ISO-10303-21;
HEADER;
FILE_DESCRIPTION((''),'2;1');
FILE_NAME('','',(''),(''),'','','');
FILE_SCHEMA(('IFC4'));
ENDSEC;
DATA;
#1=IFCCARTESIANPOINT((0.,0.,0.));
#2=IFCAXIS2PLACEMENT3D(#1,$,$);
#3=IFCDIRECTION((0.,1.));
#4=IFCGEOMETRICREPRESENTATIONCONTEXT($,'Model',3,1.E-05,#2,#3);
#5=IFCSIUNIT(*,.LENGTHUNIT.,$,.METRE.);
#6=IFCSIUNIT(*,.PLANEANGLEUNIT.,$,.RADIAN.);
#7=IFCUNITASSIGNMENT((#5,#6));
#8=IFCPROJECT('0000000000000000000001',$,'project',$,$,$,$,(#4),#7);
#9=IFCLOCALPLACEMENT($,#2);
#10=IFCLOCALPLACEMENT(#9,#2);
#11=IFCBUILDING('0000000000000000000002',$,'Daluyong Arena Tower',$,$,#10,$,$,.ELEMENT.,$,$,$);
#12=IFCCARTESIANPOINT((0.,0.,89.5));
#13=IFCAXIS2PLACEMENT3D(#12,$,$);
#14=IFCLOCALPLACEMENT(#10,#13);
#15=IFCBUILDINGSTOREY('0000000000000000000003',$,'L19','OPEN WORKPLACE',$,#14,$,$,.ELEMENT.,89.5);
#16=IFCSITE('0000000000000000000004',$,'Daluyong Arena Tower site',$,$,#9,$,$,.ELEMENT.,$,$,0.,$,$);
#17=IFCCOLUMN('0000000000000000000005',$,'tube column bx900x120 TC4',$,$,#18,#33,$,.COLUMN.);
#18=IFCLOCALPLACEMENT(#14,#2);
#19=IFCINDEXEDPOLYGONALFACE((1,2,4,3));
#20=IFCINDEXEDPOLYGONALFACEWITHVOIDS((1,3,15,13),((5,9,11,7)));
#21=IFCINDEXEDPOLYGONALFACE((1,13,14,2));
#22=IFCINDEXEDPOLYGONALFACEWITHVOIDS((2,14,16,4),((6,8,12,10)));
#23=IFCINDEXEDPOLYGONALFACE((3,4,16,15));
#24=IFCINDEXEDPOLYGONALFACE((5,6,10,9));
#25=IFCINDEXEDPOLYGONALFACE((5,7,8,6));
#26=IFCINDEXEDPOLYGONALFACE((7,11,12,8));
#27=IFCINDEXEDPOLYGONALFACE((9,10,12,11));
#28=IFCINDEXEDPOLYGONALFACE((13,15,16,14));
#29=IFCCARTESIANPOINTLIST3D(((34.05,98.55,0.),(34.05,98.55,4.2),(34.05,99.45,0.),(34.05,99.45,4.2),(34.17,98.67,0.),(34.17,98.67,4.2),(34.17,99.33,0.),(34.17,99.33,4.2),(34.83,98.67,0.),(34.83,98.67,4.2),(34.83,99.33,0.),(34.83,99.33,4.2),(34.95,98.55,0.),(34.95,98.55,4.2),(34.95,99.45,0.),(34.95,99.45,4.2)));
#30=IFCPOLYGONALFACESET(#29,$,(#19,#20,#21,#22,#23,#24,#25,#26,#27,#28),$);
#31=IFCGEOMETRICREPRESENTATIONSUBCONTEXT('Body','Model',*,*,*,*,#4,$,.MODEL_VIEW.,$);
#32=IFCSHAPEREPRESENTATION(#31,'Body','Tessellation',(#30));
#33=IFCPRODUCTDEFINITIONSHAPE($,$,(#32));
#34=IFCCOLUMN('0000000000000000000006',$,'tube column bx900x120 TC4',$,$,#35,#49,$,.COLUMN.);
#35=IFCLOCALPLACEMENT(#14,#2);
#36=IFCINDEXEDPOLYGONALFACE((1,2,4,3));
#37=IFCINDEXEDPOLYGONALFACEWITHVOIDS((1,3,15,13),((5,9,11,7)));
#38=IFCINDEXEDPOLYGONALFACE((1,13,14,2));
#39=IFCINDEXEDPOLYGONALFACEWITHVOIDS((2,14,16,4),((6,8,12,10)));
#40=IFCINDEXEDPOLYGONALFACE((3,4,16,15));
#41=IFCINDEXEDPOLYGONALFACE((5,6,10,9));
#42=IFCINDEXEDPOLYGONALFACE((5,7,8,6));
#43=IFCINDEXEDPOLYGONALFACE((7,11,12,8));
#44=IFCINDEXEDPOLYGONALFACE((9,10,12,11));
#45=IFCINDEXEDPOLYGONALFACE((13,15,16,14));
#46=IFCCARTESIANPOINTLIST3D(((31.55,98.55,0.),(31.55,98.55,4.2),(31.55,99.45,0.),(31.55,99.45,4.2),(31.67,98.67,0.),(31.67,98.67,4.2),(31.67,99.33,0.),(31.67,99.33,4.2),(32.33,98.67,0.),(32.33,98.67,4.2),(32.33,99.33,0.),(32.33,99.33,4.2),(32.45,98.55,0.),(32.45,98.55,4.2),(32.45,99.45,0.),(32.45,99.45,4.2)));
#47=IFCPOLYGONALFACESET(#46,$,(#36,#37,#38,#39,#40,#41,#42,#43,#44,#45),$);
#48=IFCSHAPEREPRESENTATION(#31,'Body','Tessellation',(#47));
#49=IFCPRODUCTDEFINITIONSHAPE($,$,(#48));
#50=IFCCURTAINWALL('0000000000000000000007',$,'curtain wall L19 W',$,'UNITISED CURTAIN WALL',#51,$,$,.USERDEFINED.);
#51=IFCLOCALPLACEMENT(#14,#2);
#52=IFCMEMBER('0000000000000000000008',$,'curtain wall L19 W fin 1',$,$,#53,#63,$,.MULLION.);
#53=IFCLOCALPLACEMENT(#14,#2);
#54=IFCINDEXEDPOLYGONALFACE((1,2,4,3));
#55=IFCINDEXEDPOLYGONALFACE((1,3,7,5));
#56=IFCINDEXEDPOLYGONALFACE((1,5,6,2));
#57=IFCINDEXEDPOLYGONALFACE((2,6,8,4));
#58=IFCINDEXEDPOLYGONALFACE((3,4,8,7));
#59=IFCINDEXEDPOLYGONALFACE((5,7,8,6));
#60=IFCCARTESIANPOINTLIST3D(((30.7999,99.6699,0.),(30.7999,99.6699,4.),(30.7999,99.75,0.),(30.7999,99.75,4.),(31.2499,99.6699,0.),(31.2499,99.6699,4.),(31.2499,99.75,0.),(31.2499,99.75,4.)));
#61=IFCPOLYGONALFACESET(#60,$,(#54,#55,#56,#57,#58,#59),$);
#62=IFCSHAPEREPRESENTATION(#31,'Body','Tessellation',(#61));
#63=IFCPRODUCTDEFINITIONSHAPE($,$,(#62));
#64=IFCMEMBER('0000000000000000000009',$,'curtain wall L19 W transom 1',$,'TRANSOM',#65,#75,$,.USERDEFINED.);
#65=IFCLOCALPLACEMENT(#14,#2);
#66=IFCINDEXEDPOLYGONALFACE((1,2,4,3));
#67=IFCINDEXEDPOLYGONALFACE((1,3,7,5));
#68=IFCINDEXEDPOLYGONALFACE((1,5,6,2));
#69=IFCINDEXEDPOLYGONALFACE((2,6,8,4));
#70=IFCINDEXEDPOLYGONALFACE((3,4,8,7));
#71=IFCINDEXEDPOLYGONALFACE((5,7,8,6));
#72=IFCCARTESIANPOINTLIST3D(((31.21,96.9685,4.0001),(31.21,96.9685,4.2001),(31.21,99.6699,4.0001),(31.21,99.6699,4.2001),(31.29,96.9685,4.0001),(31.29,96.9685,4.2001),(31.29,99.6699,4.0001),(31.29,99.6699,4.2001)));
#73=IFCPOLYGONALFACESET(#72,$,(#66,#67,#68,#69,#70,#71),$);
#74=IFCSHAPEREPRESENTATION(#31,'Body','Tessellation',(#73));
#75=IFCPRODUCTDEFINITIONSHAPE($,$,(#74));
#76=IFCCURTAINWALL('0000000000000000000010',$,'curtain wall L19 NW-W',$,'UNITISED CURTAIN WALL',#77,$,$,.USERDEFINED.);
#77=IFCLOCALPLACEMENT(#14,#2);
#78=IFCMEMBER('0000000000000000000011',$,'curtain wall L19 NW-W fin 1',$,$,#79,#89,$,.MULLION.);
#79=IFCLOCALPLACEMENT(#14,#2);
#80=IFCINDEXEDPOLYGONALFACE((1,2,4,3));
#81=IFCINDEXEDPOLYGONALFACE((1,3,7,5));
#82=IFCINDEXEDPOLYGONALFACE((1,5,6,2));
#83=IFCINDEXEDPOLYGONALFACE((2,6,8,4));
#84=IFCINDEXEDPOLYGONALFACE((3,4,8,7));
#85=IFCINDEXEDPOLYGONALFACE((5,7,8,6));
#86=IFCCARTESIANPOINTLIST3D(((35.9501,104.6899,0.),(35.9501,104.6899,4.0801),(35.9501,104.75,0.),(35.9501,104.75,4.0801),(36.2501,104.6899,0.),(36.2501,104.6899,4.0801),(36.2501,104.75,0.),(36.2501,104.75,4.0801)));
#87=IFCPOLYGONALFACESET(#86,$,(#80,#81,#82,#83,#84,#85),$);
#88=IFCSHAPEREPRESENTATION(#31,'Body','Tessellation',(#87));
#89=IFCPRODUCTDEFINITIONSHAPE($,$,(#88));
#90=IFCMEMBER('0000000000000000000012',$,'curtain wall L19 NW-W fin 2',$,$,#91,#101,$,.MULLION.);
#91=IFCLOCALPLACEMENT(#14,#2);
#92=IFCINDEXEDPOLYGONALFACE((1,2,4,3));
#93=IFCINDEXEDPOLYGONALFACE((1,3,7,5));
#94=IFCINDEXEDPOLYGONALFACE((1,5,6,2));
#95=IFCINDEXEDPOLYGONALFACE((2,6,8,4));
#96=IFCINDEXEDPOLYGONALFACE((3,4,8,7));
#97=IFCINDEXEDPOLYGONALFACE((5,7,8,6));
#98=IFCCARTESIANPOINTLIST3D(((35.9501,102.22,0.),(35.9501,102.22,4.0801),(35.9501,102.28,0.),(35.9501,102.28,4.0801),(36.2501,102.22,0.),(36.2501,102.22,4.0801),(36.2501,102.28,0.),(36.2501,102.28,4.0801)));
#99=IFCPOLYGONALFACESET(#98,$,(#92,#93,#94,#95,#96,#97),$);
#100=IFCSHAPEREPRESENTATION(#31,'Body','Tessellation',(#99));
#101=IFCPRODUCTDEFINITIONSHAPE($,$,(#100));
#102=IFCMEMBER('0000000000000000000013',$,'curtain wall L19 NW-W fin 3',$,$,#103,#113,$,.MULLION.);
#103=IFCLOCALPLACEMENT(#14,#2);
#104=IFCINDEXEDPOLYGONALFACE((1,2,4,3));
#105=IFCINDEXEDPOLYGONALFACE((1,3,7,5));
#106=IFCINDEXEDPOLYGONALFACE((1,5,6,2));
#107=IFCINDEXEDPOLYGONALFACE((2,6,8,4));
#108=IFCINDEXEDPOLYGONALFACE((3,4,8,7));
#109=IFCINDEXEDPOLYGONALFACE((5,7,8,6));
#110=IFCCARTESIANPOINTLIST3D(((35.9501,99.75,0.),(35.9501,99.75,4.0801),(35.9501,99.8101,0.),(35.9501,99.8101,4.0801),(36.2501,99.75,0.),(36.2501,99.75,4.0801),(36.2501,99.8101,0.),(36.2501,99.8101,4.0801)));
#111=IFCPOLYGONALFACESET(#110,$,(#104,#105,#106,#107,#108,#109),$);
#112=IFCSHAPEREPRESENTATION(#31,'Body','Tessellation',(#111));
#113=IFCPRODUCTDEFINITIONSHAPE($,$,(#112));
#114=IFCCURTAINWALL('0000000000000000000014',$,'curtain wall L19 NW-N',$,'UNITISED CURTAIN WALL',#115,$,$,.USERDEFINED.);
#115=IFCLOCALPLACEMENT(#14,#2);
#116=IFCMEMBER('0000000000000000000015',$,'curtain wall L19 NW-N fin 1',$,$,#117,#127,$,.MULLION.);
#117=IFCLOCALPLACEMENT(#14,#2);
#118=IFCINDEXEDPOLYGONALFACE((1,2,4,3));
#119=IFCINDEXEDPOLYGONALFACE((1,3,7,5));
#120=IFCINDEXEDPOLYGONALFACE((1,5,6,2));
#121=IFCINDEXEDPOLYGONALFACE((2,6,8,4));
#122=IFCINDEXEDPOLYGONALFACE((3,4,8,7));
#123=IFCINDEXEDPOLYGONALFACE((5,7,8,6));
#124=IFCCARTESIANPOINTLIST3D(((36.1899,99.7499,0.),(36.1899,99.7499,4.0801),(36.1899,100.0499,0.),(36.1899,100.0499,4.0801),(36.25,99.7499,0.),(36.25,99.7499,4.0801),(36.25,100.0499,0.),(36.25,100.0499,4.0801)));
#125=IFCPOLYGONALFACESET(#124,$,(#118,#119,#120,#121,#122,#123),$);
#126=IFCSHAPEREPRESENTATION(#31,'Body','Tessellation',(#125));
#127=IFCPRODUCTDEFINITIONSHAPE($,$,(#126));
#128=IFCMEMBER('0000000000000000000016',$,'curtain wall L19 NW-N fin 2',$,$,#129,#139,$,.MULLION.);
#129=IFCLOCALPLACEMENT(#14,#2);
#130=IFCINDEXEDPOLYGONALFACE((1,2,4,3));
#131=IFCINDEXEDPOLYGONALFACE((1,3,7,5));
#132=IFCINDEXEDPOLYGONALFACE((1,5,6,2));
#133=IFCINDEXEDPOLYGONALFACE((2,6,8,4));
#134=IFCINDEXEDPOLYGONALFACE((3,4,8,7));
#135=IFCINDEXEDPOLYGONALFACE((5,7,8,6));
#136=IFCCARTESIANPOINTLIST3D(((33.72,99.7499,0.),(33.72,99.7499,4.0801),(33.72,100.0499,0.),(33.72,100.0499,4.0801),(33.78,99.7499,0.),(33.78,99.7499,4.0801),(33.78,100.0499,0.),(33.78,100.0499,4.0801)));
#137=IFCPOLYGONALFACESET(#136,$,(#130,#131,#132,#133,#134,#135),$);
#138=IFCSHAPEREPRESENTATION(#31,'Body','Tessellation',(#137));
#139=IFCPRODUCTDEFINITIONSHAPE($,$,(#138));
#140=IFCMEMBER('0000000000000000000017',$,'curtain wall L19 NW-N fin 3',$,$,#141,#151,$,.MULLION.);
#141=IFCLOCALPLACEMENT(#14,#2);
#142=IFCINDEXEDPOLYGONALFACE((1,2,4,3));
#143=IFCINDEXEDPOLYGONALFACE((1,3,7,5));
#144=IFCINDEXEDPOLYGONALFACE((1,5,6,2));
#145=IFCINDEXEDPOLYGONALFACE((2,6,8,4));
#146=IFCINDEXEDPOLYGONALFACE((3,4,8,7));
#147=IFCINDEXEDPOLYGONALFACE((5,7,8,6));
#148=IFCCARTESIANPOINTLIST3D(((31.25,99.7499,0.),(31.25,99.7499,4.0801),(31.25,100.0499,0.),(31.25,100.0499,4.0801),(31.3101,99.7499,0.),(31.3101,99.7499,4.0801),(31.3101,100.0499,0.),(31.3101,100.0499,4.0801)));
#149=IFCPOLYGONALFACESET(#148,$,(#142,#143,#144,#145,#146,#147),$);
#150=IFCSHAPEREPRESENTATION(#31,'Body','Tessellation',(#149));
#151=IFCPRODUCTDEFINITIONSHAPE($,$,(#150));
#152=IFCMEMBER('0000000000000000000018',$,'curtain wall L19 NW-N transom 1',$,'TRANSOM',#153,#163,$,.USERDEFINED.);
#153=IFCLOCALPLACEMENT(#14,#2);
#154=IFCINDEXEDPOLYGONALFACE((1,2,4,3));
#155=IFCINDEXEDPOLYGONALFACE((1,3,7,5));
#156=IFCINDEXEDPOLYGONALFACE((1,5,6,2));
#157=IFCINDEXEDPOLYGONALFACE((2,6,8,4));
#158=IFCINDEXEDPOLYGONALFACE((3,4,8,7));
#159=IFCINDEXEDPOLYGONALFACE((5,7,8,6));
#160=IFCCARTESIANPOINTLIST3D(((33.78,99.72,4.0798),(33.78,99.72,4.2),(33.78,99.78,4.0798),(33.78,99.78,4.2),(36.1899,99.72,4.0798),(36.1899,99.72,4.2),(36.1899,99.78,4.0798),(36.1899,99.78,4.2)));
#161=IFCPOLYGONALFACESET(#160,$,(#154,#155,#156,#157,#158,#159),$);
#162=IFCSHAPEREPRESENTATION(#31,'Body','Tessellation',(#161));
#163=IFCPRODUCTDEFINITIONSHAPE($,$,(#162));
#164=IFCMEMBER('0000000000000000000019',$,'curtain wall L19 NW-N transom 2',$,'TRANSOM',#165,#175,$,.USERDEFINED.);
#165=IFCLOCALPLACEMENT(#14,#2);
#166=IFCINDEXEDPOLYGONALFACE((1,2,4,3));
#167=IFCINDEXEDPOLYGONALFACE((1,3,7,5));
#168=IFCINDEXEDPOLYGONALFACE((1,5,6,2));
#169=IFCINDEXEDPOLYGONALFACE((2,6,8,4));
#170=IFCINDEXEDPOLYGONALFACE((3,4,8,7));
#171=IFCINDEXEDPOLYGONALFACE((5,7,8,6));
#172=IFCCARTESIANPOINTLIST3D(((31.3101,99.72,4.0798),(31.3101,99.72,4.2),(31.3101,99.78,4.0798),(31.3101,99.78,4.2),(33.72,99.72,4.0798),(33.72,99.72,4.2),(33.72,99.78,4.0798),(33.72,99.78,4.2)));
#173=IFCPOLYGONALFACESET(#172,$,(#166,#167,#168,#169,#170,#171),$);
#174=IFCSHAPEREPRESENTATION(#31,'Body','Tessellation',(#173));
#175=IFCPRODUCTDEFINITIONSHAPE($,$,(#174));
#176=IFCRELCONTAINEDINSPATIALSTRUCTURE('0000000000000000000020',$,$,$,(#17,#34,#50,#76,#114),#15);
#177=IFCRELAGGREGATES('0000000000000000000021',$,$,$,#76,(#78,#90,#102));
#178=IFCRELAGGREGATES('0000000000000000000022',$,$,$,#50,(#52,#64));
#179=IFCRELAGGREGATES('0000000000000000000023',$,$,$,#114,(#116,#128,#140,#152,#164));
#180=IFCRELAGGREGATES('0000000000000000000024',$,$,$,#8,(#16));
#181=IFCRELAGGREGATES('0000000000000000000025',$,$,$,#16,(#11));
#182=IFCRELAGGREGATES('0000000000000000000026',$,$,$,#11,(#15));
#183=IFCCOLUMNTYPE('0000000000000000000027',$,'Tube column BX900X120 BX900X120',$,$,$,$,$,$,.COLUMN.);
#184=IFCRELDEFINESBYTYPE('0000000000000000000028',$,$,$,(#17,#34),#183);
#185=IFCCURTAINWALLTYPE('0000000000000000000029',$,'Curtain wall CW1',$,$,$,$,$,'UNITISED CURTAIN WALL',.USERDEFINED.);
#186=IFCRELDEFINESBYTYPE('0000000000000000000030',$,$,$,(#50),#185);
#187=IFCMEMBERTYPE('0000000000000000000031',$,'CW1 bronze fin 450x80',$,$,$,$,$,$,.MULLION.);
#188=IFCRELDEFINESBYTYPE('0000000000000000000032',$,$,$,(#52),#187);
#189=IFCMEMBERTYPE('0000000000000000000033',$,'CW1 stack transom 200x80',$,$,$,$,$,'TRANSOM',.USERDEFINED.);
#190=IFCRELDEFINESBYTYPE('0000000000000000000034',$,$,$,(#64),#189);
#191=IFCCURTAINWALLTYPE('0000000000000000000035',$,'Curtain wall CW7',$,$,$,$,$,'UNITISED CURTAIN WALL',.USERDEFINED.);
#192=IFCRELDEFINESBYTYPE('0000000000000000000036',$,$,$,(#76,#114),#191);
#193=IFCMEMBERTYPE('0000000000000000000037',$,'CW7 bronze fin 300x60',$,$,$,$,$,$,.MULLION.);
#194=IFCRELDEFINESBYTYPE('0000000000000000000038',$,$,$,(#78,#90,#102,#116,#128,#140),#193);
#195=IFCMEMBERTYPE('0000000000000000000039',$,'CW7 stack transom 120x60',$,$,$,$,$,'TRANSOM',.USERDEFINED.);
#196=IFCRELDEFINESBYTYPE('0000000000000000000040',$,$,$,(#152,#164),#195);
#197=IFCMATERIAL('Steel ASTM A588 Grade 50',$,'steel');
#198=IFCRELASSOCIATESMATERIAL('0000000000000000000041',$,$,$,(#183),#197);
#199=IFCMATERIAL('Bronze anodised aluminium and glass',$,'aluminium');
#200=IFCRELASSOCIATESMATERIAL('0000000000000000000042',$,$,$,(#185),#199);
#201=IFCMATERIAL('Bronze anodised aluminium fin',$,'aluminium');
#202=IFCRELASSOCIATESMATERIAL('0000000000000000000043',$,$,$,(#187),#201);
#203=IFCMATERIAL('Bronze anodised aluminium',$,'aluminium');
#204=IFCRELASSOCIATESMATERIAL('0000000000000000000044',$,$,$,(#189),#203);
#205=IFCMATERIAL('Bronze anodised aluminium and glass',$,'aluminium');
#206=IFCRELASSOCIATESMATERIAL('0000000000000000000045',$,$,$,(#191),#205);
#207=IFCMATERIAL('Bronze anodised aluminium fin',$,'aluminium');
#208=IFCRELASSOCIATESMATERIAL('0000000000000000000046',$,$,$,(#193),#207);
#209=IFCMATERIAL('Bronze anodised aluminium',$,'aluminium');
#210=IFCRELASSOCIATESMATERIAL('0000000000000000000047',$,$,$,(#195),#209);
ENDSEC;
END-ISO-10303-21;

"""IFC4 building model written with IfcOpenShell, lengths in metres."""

from ifc_helpers import new_model, si_unit, direction, frame, origin, origin_2d, place, context, subcontext, project, spatial, rectangle, hollow_rectangle, extrude, material, material_profile, profile_set, type_object, element, aggregate, save


model = new_model("IFC4")

# Units and contexts
model_context = context("Model", 3, precision=1e-05, world=origin(), true_north=direction((0.0, 1.0)))
body_context = subcontext(model_context, "Body", "Model", "MODEL_VIEW")
ifc_project = project(units=[si_unit("LENGTHUNIT", "METRE"), si_unit("PLANEANGLEUNIT", "RADIAN")], contexts=[model_context])

# Site, building, storey
site_placement = place(None, origin())
site = spatial("IfcSite", under=ifc_project, at=site_placement, Name="Daluyong Arena Tower site", CompositionType="ELEMENT", RefElevation=0.0)
building_placement = place(site_placement, origin())
building = spatial("IfcBuilding", under=site, at=building_placement, Name="Daluyong Arena Tower", CompositionType="ELEMENT")
storey_placement = place(building_placement, frame((0.0, 0.0, 89.5)))
storey = spatial("IfcBuildingStorey", under=building, at=storey_placement, Name="L19", Description="OPEN WORKPLACE", CompositionType="ELEMENT", Elevation=89.5)

# Columns
ifc_material_1 = material(Name="Steel ASTM A588 Grade 50", Category="steel")
ifc_material_profile_1 = material_profile(ifc_material_1, hollow_rectangle(XDim=0.8999, YDim=0.8999, WallThickness=0.12, at=origin_2d()))
ifc_profile_set_1 = profile_set([ifc_material_profile_1], Name="Steel ASTM A588 Grade 50")
column_type = type_object("IfcColumnType", Name="Tube column BX900X120 BX900X120", PredefinedType="COLUMN", material=ifc_profile_set_1)
for number, where, z_axis, x_axis, name in (
    (1, (34.5, 99.0, 0.0), (0.0, 0.0, 1.0), (1.0, 0.0, 0.0), "tube column bx900x120 TC4"),
    (2, (32.0, 99.0, 0.0), (0.0, 0.0, 1.0), (0.0, 1.0, 0.0), "tube column bx900x120 TC4"),
):
    element("IfcColumn", number, at=place(storey_placement, frame(where, z_axis=z_axis, x_axis=x_axis)), inside=storey, type_object=column_type, Name=name, PredefinedType="COLUMN", context=body_context, shape_type="SweptSolid", body=[
        extrude(hollow_rectangle(XDim=0.8999, YDim=0.8999, WallThickness=0.12, at=origin_2d()), origin(), (0.0, 0.0, 1.0), 4.2),
    ])

# Curtain walls, members
ifc_material_2 = material(Name="Bronze anodised aluminium and glass", Category="aluminium")
curtain_wall_type_1 = type_object("IfcCurtainWallType", Name="Curtain wall CW1", ElementType="UNITISED CURTAIN WALL", PredefinedType="USERDEFINED", material=ifc_material_2)
curtain_wall_1_placement = place(storey_placement, origin())
curtain_wall_1 = element("IfcCurtainWall", 3, at=curtain_wall_1_placement, inside=storey, type_object=curtain_wall_type_1, Name="curtain wall L19 W", ObjectType="UNITISED CURTAIN WALL", PredefinedType="USERDEFINED")
ifc_material_3 = material(Name="Bronze anodised aluminium fin", Category="aluminium")
ifc_material_profile_2 = material_profile(ifc_material_3, rectangle(XDim=0.45, YDim=0.0801, at=origin_2d()))
ifc_profile_set_2 = profile_set([ifc_material_profile_2], Name="Bronze anodised aluminium fin")
member_type_1 = type_object("IfcMemberType", Name="CW1 bronze fin 450x80", PredefinedType="MULLION", material=ifc_profile_set_2)
member_1_placement = place(storey_placement, frame((31.0249, 99.71, 0.0), z_axis=(0.0, 0.0, 1.0), x_axis=(1.0, 0.0, 0.0)))
member_1 = element("IfcMember", 4, at=member_1_placement, type_object=member_type_1, Name="curtain wall L19 W fin 1", PredefinedType="MULLION", context=body_context, shape_type="SweptSolid", body=[
    extrude(rectangle(XDim=0.45, YDim=0.0801, at=origin_2d()), origin(), (0.0, 0.0, 1.0), 4.0),
])
ifc_material_4 = material(Name="Bronze anodised aluminium", Category="aluminium")
ifc_material_profile_3 = material_profile(ifc_material_4, rectangle(XDim=0.0801, YDim=0.2, at=origin_2d()))
ifc_profile_set_3 = profile_set([ifc_material_profile_3], Name="Bronze anodised aluminium")
member_type_2 = type_object("IfcMemberType", Name="CW1 stack transom 200x80", ElementType="TRANSOM", PredefinedType="USERDEFINED", material=ifc_profile_set_3)
member_2_placement = place(storey_placement, frame((31.25, 99.6699, 4.1001), z_axis=(0.0, -1.0, 0.0), x_axis=(1.0, 0.0, 0.0)))
member_2 = element("IfcMember", 5, at=member_2_placement, type_object=member_type_2, Name="curtain wall L19 W transom 1", ObjectType="TRANSOM", PredefinedType="USERDEFINED", context=body_context, shape_type="SweptSolid", body=[
    extrude(rectangle(XDim=0.0801, YDim=0.2, at=origin_2d()), origin(), (0.0, 0.0, 1.0), 2.7014),
])
ifc_material_5 = material(Name="Bronze anodised aluminium and glass", Category="aluminium")
curtain_wall_type_2 = type_object("IfcCurtainWallType", Name="Curtain wall CW7", ElementType="UNITISED CURTAIN WALL", PredefinedType="USERDEFINED", material=ifc_material_5)
curtain_wall_2_placement = place(storey_placement, origin())
curtain_wall_2 = element("IfcCurtainWall", 6, at=curtain_wall_2_placement, inside=storey, type_object=curtain_wall_type_2, Name="curtain wall L19 NW-W", ObjectType="UNITISED CURTAIN WALL", PredefinedType="USERDEFINED")
ifc_material_6 = material(Name="Bronze anodised aluminium fin", Category="aluminium")
ifc_material_profile_4 = material_profile(ifc_material_6, rectangle(XDim=0.3, YDim=0.0601, at=origin_2d()))
ifc_profile_set_4 = profile_set([ifc_material_profile_4], Name="Bronze anodised aluminium fin")
member_type_3 = type_object("IfcMemberType", Name="CW7 bronze fin 300x60", PredefinedType="MULLION", material=ifc_profile_set_4)
member_3_placement = place(storey_placement, frame((36.1001, 104.72, 0.0), z_axis=(0.0, 0.0, 1.0), x_axis=(1.0, 0.0, 0.0)))
member_3 = element("IfcMember", 7, at=member_3_placement, type_object=member_type_3, Name="curtain wall L19 NW-W fin 1", PredefinedType="MULLION", context=body_context, shape_type="SweptSolid", body=[
    extrude(rectangle(XDim=0.3, YDim=0.0601, at=origin_2d()), origin(), (0.0, 0.0, 1.0), 4.0801),
])
member_4_placement = place(storey_placement, frame((36.1001, 102.25, 0.0), z_axis=(0.0, 0.0, 1.0), x_axis=(1.0, 0.0, 0.0)))
member_4 = element("IfcMember", 8, at=member_4_placement, type_object=member_type_3, Name="curtain wall L19 NW-W fin 2", PredefinedType="MULLION", context=body_context, shape_type="SweptSolid", body=[
    extrude(rectangle(XDim=0.3, YDim=0.0601, at=origin_2d()), origin(), (0.0, 0.0, 1.0), 4.0801),
])
member_5_placement = place(storey_placement, frame((36.1001, 99.78, 0.0), z_axis=(0.0, 0.0, 1.0), x_axis=(1.0, 0.0, 0.0)))
member_5 = element("IfcMember", 9, at=member_5_placement, type_object=member_type_3, Name="curtain wall L19 NW-W fin 3", PredefinedType="MULLION", context=body_context, shape_type="SweptSolid", body=[
    extrude(rectangle(XDim=0.3, YDim=0.0601, at=origin_2d()), origin(), (0.0, 0.0, 1.0), 4.0801),
])
aggregate(curtain_wall_2, [member_3, member_4, member_5])
curtain_wall_3_placement = place(storey_placement, origin())
curtain_wall_3 = element("IfcCurtainWall", 10, at=curtain_wall_3_placement, inside=storey, type_object=curtain_wall_type_2, Name="curtain wall L19 NW-N", ObjectType="UNITISED CURTAIN WALL", PredefinedType="USERDEFINED")
member_6_placement = place(storey_placement, frame((36.22, 99.8999, 0.0), z_axis=(0.0, 0.0, 1.0), x_axis=(0.0, -1.0, 0.0)))
member_6 = element("IfcMember", 11, at=member_6_placement, type_object=member_type_3, Name="curtain wall L19 NW-N fin 1", PredefinedType="MULLION", context=body_context, shape_type="SweptSolid", body=[
    extrude(rectangle(XDim=0.3, YDim=0.0601, at=origin_2d()), origin(), (0.0, 0.0, 1.0), 4.0801),
])
member_7_placement = place(storey_placement, frame((33.75, 99.8999, 0.0), z_axis=(0.0, 0.0, 1.0), x_axis=(0.0, -1.0, 0.0)))
member_7 = element("IfcMember", 12, at=member_7_placement, type_object=member_type_3, Name="curtain wall L19 NW-N fin 2", PredefinedType="MULLION", context=body_context, shape_type="SweptSolid", body=[
    extrude(rectangle(XDim=0.3, YDim=0.0601, at=origin_2d()), origin(), (0.0, 0.0, 1.0), 4.0801),
])
member_8_placement = place(storey_placement, frame((31.28, 99.8999, 0.0), z_axis=(0.0, 0.0, 1.0), x_axis=(0.0, -1.0, 0.0)))
member_8 = element("IfcMember", 13, at=member_8_placement, type_object=member_type_3, Name="curtain wall L19 NW-N fin 3", PredefinedType="MULLION", context=body_context, shape_type="SweptSolid", body=[
    extrude(rectangle(XDim=0.3, YDim=0.0601, at=origin_2d()), origin(), (0.0, 0.0, 1.0), 4.0801),
])
ifc_material_7 = material(Name="Bronze anodised aluminium", Category="aluminium")
ifc_material_profile_5 = material_profile(ifc_material_7, rectangle(XDim=0.0601, YDim=0.1201, at=origin_2d()))
ifc_profile_set_5 = profile_set([ifc_material_profile_5], Name="Bronze anodised aluminium")
member_type_4 = type_object("IfcMemberType", Name="CW7 stack transom 120x60", ElementType="TRANSOM", PredefinedType="USERDEFINED", material=ifc_profile_set_5)
member_9_placement = place(storey_placement, frame((36.1899, 99.75, 4.1399), z_axis=(-1.0, 0.0, 0.0), x_axis=(0.0, -1.0, 0.0)))
member_9 = element("IfcMember", 14, at=member_9_placement, type_object=member_type_4, Name="curtain wall L19 NW-N transom 1", ObjectType="TRANSOM", PredefinedType="USERDEFINED", context=body_context, shape_type="SweptSolid", body=[
    extrude(rectangle(XDim=0.0601, YDim=0.1201, at=origin_2d()), origin(), (0.0, 0.0, 1.0), 2.4099),
])
member_10_placement = place(storey_placement, frame((33.72, 99.75, 4.1399), z_axis=(-1.0, 0.0, 0.0), x_axis=(0.0, -1.0, 0.0)))
member_10 = element("IfcMember", 15, at=member_10_placement, type_object=member_type_4, Name="curtain wall L19 NW-N transom 2", ObjectType="TRANSOM", PredefinedType="USERDEFINED", context=body_context, shape_type="SweptSolid", body=[
    extrude(rectangle(XDim=0.0601, YDim=0.1201, at=origin_2d()), origin(), (0.0, 0.0, 1.0), 2.4099),
])

aggregate(curtain_wall_1, [member_1, member_2])
aggregate(curtain_wall_3, [member_6, member_7, member_8, member_9, member_10])

save(model, "model.ifc")
